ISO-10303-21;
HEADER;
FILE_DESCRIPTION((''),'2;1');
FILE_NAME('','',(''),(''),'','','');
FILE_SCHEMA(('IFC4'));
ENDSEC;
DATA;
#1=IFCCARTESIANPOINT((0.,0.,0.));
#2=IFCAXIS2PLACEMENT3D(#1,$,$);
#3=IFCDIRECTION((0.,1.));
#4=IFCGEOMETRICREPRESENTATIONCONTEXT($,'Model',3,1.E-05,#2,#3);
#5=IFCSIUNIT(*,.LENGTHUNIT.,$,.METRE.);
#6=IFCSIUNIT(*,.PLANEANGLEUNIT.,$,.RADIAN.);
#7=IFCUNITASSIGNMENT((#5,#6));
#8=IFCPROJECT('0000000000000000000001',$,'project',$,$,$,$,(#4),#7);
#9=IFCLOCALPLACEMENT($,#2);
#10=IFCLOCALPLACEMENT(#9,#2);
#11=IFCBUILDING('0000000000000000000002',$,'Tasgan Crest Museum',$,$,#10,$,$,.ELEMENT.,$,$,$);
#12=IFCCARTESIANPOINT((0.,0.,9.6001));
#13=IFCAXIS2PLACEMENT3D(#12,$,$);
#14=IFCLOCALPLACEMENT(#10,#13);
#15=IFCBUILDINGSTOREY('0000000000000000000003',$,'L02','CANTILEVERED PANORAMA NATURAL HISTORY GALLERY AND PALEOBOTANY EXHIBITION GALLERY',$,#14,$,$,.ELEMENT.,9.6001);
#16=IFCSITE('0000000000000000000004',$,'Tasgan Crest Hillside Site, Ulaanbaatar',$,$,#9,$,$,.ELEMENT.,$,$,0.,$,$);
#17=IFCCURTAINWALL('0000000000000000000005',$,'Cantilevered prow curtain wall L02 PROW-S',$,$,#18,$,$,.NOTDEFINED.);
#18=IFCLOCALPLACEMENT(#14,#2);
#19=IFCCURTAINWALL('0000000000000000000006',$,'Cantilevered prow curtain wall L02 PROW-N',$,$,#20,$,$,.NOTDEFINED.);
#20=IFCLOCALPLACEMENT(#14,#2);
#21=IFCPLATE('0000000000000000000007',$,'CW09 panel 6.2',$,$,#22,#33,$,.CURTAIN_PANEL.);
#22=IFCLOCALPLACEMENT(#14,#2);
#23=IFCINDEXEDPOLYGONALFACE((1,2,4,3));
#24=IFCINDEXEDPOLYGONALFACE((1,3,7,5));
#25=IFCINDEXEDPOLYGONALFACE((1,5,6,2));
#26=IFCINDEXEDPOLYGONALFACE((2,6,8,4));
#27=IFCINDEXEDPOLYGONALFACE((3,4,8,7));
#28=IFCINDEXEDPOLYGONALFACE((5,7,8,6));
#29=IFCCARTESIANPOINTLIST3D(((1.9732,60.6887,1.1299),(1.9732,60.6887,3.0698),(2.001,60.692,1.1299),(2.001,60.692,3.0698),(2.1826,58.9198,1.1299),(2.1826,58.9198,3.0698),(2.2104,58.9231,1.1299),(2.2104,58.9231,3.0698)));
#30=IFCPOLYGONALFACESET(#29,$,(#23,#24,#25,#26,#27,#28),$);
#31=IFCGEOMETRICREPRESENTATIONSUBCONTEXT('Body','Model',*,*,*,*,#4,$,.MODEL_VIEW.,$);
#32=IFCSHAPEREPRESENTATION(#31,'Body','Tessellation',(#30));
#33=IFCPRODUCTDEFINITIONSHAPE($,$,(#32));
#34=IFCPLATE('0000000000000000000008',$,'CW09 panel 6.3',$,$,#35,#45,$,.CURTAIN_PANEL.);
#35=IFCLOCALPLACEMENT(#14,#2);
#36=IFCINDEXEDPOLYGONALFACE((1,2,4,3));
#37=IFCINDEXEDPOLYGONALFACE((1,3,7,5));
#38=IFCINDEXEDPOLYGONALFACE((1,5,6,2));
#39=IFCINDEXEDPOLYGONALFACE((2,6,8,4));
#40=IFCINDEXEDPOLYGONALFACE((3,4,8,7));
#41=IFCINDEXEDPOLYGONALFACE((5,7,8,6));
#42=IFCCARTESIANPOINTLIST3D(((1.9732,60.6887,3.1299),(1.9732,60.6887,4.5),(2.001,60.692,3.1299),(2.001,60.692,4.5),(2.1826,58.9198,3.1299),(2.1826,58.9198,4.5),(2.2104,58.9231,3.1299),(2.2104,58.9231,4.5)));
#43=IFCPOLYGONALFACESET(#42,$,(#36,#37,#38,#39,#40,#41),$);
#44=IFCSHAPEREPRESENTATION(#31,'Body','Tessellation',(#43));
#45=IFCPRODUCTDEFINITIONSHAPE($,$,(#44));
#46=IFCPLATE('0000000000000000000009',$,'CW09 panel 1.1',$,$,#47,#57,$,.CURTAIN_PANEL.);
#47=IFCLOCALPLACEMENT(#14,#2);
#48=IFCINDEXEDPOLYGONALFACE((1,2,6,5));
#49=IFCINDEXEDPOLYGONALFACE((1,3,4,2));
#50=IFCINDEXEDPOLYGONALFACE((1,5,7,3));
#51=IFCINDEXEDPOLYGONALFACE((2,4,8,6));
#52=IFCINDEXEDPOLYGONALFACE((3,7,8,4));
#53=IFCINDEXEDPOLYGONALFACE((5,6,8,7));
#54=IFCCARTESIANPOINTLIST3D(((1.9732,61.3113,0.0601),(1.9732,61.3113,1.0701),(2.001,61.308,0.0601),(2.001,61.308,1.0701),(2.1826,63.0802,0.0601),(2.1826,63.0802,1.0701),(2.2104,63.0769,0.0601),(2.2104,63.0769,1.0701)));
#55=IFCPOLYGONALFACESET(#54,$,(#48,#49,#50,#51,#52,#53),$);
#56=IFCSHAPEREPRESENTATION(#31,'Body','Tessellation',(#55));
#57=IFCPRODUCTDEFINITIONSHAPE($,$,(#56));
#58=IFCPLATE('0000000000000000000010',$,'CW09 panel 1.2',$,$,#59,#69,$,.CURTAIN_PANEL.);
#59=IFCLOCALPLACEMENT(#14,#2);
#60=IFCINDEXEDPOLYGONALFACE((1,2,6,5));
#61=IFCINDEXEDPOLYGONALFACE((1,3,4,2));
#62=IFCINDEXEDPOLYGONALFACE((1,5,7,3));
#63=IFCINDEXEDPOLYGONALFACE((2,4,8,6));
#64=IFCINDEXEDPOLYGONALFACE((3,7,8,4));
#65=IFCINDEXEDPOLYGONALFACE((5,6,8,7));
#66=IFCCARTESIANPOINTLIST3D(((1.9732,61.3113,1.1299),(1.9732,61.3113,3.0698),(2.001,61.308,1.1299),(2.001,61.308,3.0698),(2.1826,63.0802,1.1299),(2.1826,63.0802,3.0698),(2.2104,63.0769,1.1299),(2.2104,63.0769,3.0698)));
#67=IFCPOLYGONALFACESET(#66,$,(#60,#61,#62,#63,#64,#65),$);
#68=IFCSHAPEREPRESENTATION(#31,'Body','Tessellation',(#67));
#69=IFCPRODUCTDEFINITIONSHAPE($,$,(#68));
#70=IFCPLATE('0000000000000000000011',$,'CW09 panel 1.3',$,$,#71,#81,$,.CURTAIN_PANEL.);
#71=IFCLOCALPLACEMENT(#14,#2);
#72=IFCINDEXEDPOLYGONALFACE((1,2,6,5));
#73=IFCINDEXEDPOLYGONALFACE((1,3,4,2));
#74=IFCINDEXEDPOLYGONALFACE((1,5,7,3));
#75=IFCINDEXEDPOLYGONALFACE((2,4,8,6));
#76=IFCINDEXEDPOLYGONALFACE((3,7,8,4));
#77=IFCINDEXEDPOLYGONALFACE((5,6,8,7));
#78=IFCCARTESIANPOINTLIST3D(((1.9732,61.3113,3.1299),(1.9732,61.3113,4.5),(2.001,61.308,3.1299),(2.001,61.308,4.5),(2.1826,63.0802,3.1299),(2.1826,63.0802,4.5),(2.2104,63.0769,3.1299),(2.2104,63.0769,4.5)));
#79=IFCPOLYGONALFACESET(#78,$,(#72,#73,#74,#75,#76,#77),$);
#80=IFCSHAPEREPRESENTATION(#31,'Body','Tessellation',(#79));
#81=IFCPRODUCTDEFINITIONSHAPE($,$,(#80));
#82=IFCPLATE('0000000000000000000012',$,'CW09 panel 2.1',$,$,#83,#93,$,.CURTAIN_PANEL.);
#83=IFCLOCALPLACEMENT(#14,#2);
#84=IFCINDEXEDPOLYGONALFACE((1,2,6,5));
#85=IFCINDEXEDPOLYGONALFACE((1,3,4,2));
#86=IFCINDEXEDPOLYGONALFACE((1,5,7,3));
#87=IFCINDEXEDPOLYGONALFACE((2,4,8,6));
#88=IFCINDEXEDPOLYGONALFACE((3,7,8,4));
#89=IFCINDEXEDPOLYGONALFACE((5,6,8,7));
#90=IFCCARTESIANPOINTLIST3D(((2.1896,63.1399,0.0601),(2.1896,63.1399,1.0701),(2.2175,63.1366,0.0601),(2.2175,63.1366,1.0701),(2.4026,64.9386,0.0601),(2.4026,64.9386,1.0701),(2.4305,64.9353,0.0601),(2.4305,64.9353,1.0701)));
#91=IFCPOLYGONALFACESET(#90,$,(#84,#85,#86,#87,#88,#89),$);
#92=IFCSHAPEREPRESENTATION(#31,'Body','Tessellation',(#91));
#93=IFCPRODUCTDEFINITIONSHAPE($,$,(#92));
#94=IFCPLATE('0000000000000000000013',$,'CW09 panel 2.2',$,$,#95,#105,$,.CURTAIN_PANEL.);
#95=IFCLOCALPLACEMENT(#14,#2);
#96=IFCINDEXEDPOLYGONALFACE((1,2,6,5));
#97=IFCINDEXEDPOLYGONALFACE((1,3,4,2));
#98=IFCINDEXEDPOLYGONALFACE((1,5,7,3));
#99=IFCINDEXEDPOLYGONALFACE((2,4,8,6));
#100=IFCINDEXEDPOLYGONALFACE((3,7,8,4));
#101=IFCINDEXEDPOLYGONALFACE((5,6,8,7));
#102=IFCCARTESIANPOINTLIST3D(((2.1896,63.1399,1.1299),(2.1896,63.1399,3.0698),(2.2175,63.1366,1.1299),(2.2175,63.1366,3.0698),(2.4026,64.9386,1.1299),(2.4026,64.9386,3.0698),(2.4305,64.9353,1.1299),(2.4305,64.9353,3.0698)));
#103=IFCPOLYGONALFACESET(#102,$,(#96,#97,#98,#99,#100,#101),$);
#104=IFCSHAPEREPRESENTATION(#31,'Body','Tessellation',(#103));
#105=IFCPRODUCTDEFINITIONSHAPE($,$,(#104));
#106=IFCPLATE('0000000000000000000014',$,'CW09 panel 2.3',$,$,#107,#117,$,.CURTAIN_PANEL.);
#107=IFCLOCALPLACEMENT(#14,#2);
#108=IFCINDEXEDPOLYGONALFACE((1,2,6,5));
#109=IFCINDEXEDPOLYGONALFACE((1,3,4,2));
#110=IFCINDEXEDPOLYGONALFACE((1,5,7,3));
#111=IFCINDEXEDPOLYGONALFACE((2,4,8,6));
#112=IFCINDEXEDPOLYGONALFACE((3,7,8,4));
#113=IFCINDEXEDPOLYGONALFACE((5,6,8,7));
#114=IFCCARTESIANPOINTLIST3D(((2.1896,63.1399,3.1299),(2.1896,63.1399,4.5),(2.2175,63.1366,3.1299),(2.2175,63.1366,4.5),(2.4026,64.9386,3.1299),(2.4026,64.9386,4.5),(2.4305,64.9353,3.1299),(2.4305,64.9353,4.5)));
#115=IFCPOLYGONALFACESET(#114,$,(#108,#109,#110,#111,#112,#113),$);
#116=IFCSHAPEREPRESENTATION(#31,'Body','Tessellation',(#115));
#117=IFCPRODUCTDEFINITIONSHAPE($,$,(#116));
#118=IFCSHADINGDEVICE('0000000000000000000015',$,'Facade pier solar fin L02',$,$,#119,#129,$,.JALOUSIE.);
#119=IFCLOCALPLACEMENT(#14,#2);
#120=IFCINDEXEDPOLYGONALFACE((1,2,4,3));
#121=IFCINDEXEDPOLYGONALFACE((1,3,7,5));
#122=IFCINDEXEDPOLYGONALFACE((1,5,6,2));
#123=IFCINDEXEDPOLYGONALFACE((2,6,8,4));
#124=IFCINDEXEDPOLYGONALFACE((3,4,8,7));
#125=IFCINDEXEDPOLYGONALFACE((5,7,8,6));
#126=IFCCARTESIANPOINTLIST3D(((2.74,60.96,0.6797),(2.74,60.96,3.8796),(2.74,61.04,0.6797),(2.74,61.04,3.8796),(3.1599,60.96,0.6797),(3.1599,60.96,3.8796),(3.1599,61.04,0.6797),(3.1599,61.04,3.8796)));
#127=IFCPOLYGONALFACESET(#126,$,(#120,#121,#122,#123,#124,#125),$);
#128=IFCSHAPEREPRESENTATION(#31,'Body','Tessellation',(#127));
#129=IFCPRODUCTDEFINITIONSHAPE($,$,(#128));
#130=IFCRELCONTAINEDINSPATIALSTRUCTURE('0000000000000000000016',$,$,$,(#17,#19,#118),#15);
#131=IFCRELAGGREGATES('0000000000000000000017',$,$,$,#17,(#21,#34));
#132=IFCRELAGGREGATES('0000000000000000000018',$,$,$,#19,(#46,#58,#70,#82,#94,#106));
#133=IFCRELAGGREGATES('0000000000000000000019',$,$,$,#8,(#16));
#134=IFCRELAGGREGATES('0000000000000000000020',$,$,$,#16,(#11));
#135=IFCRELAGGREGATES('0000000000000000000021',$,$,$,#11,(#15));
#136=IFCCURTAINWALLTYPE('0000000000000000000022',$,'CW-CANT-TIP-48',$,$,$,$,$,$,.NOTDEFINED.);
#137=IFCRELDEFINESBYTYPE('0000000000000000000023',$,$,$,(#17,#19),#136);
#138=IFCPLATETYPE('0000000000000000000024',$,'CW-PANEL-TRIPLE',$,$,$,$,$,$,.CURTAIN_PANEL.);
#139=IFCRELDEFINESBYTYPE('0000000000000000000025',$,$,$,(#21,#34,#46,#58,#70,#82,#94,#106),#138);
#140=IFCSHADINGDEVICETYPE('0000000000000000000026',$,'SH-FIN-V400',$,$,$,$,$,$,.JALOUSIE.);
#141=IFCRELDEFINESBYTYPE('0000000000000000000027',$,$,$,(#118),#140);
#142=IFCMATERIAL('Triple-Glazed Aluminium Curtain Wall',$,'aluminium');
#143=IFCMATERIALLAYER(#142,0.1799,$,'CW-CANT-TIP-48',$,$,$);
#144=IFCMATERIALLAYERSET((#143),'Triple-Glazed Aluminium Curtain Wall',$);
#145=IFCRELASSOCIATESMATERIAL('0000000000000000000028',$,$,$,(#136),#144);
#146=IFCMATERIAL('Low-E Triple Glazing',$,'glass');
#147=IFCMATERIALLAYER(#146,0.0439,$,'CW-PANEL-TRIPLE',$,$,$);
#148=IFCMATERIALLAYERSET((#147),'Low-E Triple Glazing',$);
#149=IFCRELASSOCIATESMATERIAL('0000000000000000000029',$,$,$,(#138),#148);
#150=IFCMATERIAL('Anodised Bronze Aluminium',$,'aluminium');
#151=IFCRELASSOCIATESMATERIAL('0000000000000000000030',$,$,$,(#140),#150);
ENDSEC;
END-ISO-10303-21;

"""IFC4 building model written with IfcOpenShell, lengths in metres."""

from ifc_helpers import new_model, si_unit, direction, frame, origin, origin_2d, place, context, subcontext, project, spatial, rectangle, extrude, material, layer, layer_set, type_object, element, aggregate, save


model = new_model("IFC4")

# Units and contexts
model_context = context("Model", 3, precision=1e-05, world=origin(), true_north=direction((0.0, 1.0)))
body_context = subcontext(model_context, "Body", "Model", "MODEL_VIEW")
ifc_project = project(units=[si_unit("LENGTHUNIT", "METRE"), si_unit("PLANEANGLEUNIT", "RADIAN")], contexts=[model_context])

# Site, building, storey
site_placement = place(None, origin())
site = spatial("IfcSite", under=ifc_project, at=site_placement, Name="Tasgan Crest Hillside Site, Ulaanbaatar", CompositionType="ELEMENT", RefElevation=0.0)
building_placement = place(site_placement, origin())
building = spatial("IfcBuilding", under=site, at=building_placement, Name="Tasgan Crest Museum", CompositionType="ELEMENT")
storey_placement = place(building_placement, frame((0.0, 0.0, 9.6001)))
storey = spatial("IfcBuildingStorey", under=building, at=storey_placement, Name="L02", Description="CANTILEVERED PANORAMA NATURAL HISTORY GALLERY AND PALEOBOTANY EXHIBITION GALLERY", CompositionType="ELEMENT", Elevation=9.6001)

# Shared definitions
ifc_material_1 = material(Name="Triple-Glazed Aluminium Curtain Wall", Category="aluminium")
ifc_layer_1 = layer(ifc_material_1, 0.1799, Name="CW-CANT-TIP-48")
ifc_layer_set_1 = layer_set([ifc_layer_1], Name="Triple-Glazed Aluminium Curtain Wall")
curtain_wall_type = type_object("IfcCurtainWallType", Name="CW-CANT-TIP-48", PredefinedType="NOTDEFINED", material=ifc_layer_set_1)

# Curtain walls
curtain_wall_1_placement = place(storey_placement, origin())
curtain_wall_1 = element("IfcCurtainWall", 1, at=curtain_wall_1_placement, inside=storey, type_object=curtain_wall_type, Name="Cantilevered prow curtain wall L02 PROW-S", PredefinedType="NOTDEFINED")
curtain_wall_2_placement = place(storey_placement, origin())
curtain_wall_2 = element("IfcCurtainWall", 2, at=curtain_wall_2_placement, inside=storey, type_object=curtain_wall_type, Name="Cantilevered prow curtain wall L02 PROW-N", PredefinedType="NOTDEFINED")

# Plates
ifc_material_2 = material(Name="Low-E Triple Glazing", Category="glass")
ifc_layer_2 = layer(ifc_material_2, 0.0439, Name="CW-PANEL-TRIPLE")
ifc_layer_set_2 = layer_set([ifc_layer_2], Name="Low-E Triple Glazing")
plate_type_1 = type_object("IfcPlateType", Name="CW-PANEL-TRIPLE", PredefinedType="CURTAIN_PANEL", material=ifc_layer_set_2)
plate_1_placement = place(storey_placement, frame((2.0918, 59.8059, 1.1299), z_axis=(0.0, 0.0, 1.0), x_axis=(-0.117565, 0.993065, 0.0)))
plate_1 = element("IfcPlate", 3, at=plate_1_placement, type_object=plate_type_1, Name="CW09 panel 6.2", PredefinedType="CURTAIN_PANEL", context=body_context, shape_type="SweptSolid", body=[
    extrude(rectangle(XDim=1.7812, YDim=0.0281, at=origin_2d()), origin(), (0.0, 0.0, 1.0), 1.9399),
])
plate_2_placement = place(storey_placement, frame((2.0918, 59.8059, 3.1299), z_axis=(0.0, 0.0, 1.0), x_axis=(-0.117565, 0.993065, 0.0)))
plate_2 = element("IfcPlate", 4, at=plate_2_placement, type_object=plate_type_1, Name="CW09 panel 6.3", PredefinedType="CURTAIN_PANEL", context=body_context, shape_type="SweptSolid", body=[
    extrude(rectangle(XDim=1.7812, YDim=0.0281, at=origin_2d()), origin(), (0.0, 0.0, 1.0), 1.3701),
])
aggregate(curtain_wall_1, [plate_1, plate_2])
plate_3_placement = place(storey_placement, frame((2.0918, 62.1941, 0.0601), z_axis=(0.0, 0.0, 1.0), x_axis=(0.117565, 0.993065, 0.0)))
plate_3 = element("IfcPlate", 5, at=plate_3_placement, type_object=plate_type_1, Name="CW09 panel 1.1", PredefinedType="CURTAIN_PANEL", context=body_context, shape_type="SweptSolid", body=[
    extrude(rectangle(XDim=1.7812, YDim=0.0281, at=origin_2d()), origin(), (0.0, 0.0, 1.0), 1.01),
])
plate_4_placement = place(storey_placement, frame((2.0918, 62.1941, 1.1299), z_axis=(0.0, 0.0, 1.0), x_axis=(0.117565, 0.993065, 0.0)))
plate_4 = element("IfcPlate", 6, at=plate_4_placement, type_object=plate_type_1, Name="CW09 panel 1.2", PredefinedType="CURTAIN_PANEL", context=body_context, shape_type="SweptSolid", body=[
    extrude(rectangle(XDim=1.7812, YDim=0.0281, at=origin_2d()), origin(), (0.0, 0.0, 1.0), 1.9399),
])
plate_5_placement = place(storey_placement, frame((2.0918, 62.1941, 3.1299), z_axis=(0.0, 0.0, 1.0), x_axis=(0.117565, 0.993065, 0.0)))
plate_5 = element("IfcPlate", 7, at=plate_5_placement, type_object=plate_type_1, Name="CW09 panel 1.3", PredefinedType="CURTAIN_PANEL", context=body_context, shape_type="SweptSolid", body=[
    extrude(rectangle(XDim=1.7812, YDim=0.0281, at=origin_2d()), origin(), (0.0, 0.0, 1.0), 1.3701),
])
plate_6_placement = place(storey_placement, frame((2.3101, 64.0376, 0.0601), z_axis=(0.0, 0.0, 1.0), x_axis=(0.117565, 0.993065, 0.0)))
plate_6 = element("IfcPlate", 8, at=plate_6_placement, type_object=plate_type_1, Name="CW09 panel 2.1", PredefinedType="CURTAIN_PANEL", context=body_context, shape_type="SweptSolid", body=[
    extrude(rectangle(XDim=1.8113, YDim=0.0281, at=origin_2d()), origin(), (0.0, 0.0, 1.0), 1.01),
])
plate_7_placement = place(storey_placement, frame((2.3101, 64.0376, 1.1299), z_axis=(0.0, 0.0, 1.0), x_axis=(0.117565, 0.993065, 0.0)))
plate_7 = element("IfcPlate", 9, at=plate_7_placement, type_object=plate_type_1, Name="CW09 panel 2.2", PredefinedType="CURTAIN_PANEL", context=body_context, shape_type="SweptSolid", body=[
    extrude(rectangle(XDim=1.8113, YDim=0.0281, at=origin_2d()), origin(), (0.0, 0.0, 1.0), 1.9399),
])
plate_8_placement = place(storey_placement, frame((2.3101, 64.0376, 3.1299), z_axis=(0.0, 0.0, 1.0), x_axis=(0.117565, 0.993065, 0.0)))
plate_8 = element("IfcPlate", 10, at=plate_8_placement, type_object=plate_type_1, Name="CW09 panel 2.3", PredefinedType="CURTAIN_PANEL", context=body_context, shape_type="SweptSolid", body=[
    extrude(rectangle(XDim=1.8113, YDim=0.0281, at=origin_2d()), origin(), (0.0, 0.0, 1.0), 1.3701),
])
aggregate(curtain_wall_2, [plate_3, plate_4, plate_5, plate_6, plate_7, plate_8])

# Shading device
ifc_material_3 = material(Name="Anodised Bronze Aluminium", Category="aluminium")
shading_device_type = type_object("IfcShadingDeviceType", Name="SH-FIN-V400", PredefinedType="JALOUSIE", material=ifc_material_3)
shading_device_placement = place(storey_placement, frame((2.95, 61.0, 0.6797), z_axis=(0.0, 0.0, 1.0), x_axis=(0.0, -1.0, 0.0)))
element("IfcShadingDevice", 11, at=shading_device_placement, inside=storey, type_object=shading_device_type, Name="Facade pier solar fin L02", PredefinedType="JALOUSIE", context=body_context, shape_type="SweptSolid", body=[
    extrude(rectangle(XDim=0.0801, YDim=0.4199, at=origin_2d()), origin(), (0.0, 0.0, 1.0), 3.2),
])

save(model, "model.ifc")
